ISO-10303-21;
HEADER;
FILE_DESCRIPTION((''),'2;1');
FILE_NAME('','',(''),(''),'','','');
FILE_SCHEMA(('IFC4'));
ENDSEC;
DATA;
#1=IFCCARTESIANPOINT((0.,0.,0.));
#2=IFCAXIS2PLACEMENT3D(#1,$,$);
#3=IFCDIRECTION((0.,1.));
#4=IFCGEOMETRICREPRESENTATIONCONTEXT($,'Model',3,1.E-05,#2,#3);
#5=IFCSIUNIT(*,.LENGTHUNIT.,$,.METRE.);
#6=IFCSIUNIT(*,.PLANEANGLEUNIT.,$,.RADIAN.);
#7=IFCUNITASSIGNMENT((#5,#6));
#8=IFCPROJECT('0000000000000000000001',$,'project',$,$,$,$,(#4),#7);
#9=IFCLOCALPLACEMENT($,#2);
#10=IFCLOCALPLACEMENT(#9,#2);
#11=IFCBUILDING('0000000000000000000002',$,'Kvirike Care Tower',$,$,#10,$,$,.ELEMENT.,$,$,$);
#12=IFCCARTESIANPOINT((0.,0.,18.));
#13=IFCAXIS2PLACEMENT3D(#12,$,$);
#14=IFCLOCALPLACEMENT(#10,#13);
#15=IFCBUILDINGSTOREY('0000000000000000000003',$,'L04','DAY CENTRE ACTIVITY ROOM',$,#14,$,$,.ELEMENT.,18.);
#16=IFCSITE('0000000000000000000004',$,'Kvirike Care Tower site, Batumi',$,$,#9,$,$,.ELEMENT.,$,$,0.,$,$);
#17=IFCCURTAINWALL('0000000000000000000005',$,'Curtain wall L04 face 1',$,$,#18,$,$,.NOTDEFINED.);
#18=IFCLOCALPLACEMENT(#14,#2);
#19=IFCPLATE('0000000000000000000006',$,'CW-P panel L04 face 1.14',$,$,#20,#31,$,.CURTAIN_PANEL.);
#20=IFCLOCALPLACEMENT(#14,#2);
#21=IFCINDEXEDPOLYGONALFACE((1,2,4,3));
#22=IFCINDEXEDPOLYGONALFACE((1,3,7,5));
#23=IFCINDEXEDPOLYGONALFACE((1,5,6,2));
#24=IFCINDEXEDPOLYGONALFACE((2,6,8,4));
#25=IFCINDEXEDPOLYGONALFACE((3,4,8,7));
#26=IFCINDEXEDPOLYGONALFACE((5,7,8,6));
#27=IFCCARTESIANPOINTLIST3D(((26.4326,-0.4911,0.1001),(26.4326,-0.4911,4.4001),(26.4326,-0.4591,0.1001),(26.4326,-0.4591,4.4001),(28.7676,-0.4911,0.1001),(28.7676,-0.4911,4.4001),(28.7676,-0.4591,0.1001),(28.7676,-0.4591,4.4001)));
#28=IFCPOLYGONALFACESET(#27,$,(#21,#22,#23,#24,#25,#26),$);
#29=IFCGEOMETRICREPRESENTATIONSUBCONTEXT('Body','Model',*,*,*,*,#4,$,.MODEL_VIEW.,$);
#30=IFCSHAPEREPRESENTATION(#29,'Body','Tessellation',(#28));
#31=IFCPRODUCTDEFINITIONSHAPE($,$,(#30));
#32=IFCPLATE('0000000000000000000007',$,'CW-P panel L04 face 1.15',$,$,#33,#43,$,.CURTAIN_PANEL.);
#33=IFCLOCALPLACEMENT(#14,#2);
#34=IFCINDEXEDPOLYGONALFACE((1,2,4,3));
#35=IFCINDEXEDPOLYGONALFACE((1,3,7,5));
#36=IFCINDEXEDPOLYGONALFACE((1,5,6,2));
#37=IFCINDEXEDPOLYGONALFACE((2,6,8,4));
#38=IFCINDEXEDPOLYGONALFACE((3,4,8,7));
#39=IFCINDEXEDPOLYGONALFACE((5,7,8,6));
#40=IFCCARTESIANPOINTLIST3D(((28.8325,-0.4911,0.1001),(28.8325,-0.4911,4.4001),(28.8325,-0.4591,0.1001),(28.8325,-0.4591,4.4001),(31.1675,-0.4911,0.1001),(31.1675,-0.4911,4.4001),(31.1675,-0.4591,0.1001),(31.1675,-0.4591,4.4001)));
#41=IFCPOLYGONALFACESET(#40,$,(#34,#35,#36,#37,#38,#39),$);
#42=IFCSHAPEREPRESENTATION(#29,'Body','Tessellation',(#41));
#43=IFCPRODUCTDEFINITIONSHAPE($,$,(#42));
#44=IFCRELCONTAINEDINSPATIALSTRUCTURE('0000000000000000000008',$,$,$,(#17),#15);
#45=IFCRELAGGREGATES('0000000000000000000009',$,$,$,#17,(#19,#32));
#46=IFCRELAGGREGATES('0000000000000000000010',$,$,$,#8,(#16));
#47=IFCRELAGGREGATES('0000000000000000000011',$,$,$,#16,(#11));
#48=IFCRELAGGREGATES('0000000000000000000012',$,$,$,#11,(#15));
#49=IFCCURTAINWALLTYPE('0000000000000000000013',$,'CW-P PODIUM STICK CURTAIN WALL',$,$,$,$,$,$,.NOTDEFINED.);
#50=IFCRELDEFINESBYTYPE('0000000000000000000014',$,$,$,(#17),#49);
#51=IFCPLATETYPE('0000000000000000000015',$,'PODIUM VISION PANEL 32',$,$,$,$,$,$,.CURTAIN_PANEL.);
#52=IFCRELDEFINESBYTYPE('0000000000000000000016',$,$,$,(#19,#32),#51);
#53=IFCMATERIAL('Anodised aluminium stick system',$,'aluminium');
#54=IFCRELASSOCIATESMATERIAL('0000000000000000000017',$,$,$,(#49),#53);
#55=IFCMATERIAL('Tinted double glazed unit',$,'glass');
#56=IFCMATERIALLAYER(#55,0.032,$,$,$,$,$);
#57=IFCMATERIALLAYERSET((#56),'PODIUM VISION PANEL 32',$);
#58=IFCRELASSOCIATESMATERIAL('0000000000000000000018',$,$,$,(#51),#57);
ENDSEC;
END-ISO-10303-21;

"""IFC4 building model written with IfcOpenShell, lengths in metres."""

from ifc_helpers import new_model, si_unit, direction, frame, origin, origin_2d, place, context, subcontext, project, spatial, rectangle, extrude, material, layer, layer_set, type_object, element, aggregate, save


model = new_model("IFC4")

# Units and contexts
model_context = context("Model", 3, precision=1e-05, world=origin(), true_north=direction((0.0, 1.0)))
body_context = subcontext(model_context, "Body", "Model", "MODEL_VIEW")
ifc_project = project(units=[si_unit("LENGTHUNIT", "METRE"), si_unit("PLANEANGLEUNIT", "RADIAN")], contexts=[model_context])

# Site, building, storey
site_placement = place(None, origin())
site = spatial("IfcSite", under=ifc_project, at=site_placement, Name="Kvirike Care Tower site, Batumi", CompositionType="ELEMENT", RefElevation=0.0)
building_placement = place(site_placement, origin())
building = spatial("IfcBuilding", under=site, at=building_placement, Name="Kvirike Care Tower", CompositionType="ELEMENT")
storey_placement = place(building_placement, frame((0.0, 0.0, 18.0)))
storey = spatial("IfcBuildingStorey", under=building, at=storey_placement, Name="L04", Description="DAY CENTRE ACTIVITY ROOM", CompositionType="ELEMENT", Elevation=18.0)

# Curtain wall
ifc_material_1 = material(Name="Anodised aluminium stick system", Category="aluminium")
curtain_wall_type = type_object("IfcCurtainWallType", Name="CW-P PODIUM STICK CURTAIN WALL", PredefinedType="NOTDEFINED", material=ifc_material_1)
curtain_wall_placement = place(storey_placement, origin())
curtain_wall = element("IfcCurtainWall", 1, at=curtain_wall_placement, inside=storey, type_object=curtain_wall_type, Name="Curtain wall L04 face 1", PredefinedType="NOTDEFINED")

# Plates
ifc_material_2 = material(Name="Tinted double glazed unit", Category="glass")
ifc_layer = layer(ifc_material_2, 0.032)
ifc_layer_set = layer_set([ifc_layer], Name="PODIUM VISION PANEL 32")
plate_type = type_object("IfcPlateType", Name="PODIUM VISION PANEL 32", PredefinedType="CURTAIN_PANEL", material=ifc_layer_set)
plate_1_placement = place(storey_placement, frame((27.6001, -0.4751, 0.1001), z_axis=(0.0, 0.0, 1.0), x_axis=(1.0, 0.0, 0.0)))
plate_1 = element("IfcPlate", 2, at=plate_1_placement, type_object=plate_type, Name="CW-P panel L04 face 1.14", PredefinedType="CURTAIN_PANEL", context=body_context, shape_type="SweptSolid", body=[
    extrude(rectangle(XDim=2.335, YDim=0.032, at=origin_2d()), origin(), (0.0, 0.0, 1.0), 4.3),
])
plate_2_placement = place(storey_placement, frame((30.0, -0.4751, 0.1001), z_axis=(0.0, 0.0, 1.0), x_axis=(1.0, 0.0, 0.0)))
plate_2 = element("IfcPlate", 3, at=plate_2_placement, type_object=plate_type, Name="CW-P panel L04 face 1.15", PredefinedType="CURTAIN_PANEL", context=body_context, shape_type="SweptSolid", body=[
    extrude(rectangle(XDim=2.335, YDim=0.032, at=origin_2d()), origin(), (0.0, 0.0, 1.0), 4.3),
])
aggregate(curtain_wall, [plate_1, plate_2])

save(model, "model.ifc")
